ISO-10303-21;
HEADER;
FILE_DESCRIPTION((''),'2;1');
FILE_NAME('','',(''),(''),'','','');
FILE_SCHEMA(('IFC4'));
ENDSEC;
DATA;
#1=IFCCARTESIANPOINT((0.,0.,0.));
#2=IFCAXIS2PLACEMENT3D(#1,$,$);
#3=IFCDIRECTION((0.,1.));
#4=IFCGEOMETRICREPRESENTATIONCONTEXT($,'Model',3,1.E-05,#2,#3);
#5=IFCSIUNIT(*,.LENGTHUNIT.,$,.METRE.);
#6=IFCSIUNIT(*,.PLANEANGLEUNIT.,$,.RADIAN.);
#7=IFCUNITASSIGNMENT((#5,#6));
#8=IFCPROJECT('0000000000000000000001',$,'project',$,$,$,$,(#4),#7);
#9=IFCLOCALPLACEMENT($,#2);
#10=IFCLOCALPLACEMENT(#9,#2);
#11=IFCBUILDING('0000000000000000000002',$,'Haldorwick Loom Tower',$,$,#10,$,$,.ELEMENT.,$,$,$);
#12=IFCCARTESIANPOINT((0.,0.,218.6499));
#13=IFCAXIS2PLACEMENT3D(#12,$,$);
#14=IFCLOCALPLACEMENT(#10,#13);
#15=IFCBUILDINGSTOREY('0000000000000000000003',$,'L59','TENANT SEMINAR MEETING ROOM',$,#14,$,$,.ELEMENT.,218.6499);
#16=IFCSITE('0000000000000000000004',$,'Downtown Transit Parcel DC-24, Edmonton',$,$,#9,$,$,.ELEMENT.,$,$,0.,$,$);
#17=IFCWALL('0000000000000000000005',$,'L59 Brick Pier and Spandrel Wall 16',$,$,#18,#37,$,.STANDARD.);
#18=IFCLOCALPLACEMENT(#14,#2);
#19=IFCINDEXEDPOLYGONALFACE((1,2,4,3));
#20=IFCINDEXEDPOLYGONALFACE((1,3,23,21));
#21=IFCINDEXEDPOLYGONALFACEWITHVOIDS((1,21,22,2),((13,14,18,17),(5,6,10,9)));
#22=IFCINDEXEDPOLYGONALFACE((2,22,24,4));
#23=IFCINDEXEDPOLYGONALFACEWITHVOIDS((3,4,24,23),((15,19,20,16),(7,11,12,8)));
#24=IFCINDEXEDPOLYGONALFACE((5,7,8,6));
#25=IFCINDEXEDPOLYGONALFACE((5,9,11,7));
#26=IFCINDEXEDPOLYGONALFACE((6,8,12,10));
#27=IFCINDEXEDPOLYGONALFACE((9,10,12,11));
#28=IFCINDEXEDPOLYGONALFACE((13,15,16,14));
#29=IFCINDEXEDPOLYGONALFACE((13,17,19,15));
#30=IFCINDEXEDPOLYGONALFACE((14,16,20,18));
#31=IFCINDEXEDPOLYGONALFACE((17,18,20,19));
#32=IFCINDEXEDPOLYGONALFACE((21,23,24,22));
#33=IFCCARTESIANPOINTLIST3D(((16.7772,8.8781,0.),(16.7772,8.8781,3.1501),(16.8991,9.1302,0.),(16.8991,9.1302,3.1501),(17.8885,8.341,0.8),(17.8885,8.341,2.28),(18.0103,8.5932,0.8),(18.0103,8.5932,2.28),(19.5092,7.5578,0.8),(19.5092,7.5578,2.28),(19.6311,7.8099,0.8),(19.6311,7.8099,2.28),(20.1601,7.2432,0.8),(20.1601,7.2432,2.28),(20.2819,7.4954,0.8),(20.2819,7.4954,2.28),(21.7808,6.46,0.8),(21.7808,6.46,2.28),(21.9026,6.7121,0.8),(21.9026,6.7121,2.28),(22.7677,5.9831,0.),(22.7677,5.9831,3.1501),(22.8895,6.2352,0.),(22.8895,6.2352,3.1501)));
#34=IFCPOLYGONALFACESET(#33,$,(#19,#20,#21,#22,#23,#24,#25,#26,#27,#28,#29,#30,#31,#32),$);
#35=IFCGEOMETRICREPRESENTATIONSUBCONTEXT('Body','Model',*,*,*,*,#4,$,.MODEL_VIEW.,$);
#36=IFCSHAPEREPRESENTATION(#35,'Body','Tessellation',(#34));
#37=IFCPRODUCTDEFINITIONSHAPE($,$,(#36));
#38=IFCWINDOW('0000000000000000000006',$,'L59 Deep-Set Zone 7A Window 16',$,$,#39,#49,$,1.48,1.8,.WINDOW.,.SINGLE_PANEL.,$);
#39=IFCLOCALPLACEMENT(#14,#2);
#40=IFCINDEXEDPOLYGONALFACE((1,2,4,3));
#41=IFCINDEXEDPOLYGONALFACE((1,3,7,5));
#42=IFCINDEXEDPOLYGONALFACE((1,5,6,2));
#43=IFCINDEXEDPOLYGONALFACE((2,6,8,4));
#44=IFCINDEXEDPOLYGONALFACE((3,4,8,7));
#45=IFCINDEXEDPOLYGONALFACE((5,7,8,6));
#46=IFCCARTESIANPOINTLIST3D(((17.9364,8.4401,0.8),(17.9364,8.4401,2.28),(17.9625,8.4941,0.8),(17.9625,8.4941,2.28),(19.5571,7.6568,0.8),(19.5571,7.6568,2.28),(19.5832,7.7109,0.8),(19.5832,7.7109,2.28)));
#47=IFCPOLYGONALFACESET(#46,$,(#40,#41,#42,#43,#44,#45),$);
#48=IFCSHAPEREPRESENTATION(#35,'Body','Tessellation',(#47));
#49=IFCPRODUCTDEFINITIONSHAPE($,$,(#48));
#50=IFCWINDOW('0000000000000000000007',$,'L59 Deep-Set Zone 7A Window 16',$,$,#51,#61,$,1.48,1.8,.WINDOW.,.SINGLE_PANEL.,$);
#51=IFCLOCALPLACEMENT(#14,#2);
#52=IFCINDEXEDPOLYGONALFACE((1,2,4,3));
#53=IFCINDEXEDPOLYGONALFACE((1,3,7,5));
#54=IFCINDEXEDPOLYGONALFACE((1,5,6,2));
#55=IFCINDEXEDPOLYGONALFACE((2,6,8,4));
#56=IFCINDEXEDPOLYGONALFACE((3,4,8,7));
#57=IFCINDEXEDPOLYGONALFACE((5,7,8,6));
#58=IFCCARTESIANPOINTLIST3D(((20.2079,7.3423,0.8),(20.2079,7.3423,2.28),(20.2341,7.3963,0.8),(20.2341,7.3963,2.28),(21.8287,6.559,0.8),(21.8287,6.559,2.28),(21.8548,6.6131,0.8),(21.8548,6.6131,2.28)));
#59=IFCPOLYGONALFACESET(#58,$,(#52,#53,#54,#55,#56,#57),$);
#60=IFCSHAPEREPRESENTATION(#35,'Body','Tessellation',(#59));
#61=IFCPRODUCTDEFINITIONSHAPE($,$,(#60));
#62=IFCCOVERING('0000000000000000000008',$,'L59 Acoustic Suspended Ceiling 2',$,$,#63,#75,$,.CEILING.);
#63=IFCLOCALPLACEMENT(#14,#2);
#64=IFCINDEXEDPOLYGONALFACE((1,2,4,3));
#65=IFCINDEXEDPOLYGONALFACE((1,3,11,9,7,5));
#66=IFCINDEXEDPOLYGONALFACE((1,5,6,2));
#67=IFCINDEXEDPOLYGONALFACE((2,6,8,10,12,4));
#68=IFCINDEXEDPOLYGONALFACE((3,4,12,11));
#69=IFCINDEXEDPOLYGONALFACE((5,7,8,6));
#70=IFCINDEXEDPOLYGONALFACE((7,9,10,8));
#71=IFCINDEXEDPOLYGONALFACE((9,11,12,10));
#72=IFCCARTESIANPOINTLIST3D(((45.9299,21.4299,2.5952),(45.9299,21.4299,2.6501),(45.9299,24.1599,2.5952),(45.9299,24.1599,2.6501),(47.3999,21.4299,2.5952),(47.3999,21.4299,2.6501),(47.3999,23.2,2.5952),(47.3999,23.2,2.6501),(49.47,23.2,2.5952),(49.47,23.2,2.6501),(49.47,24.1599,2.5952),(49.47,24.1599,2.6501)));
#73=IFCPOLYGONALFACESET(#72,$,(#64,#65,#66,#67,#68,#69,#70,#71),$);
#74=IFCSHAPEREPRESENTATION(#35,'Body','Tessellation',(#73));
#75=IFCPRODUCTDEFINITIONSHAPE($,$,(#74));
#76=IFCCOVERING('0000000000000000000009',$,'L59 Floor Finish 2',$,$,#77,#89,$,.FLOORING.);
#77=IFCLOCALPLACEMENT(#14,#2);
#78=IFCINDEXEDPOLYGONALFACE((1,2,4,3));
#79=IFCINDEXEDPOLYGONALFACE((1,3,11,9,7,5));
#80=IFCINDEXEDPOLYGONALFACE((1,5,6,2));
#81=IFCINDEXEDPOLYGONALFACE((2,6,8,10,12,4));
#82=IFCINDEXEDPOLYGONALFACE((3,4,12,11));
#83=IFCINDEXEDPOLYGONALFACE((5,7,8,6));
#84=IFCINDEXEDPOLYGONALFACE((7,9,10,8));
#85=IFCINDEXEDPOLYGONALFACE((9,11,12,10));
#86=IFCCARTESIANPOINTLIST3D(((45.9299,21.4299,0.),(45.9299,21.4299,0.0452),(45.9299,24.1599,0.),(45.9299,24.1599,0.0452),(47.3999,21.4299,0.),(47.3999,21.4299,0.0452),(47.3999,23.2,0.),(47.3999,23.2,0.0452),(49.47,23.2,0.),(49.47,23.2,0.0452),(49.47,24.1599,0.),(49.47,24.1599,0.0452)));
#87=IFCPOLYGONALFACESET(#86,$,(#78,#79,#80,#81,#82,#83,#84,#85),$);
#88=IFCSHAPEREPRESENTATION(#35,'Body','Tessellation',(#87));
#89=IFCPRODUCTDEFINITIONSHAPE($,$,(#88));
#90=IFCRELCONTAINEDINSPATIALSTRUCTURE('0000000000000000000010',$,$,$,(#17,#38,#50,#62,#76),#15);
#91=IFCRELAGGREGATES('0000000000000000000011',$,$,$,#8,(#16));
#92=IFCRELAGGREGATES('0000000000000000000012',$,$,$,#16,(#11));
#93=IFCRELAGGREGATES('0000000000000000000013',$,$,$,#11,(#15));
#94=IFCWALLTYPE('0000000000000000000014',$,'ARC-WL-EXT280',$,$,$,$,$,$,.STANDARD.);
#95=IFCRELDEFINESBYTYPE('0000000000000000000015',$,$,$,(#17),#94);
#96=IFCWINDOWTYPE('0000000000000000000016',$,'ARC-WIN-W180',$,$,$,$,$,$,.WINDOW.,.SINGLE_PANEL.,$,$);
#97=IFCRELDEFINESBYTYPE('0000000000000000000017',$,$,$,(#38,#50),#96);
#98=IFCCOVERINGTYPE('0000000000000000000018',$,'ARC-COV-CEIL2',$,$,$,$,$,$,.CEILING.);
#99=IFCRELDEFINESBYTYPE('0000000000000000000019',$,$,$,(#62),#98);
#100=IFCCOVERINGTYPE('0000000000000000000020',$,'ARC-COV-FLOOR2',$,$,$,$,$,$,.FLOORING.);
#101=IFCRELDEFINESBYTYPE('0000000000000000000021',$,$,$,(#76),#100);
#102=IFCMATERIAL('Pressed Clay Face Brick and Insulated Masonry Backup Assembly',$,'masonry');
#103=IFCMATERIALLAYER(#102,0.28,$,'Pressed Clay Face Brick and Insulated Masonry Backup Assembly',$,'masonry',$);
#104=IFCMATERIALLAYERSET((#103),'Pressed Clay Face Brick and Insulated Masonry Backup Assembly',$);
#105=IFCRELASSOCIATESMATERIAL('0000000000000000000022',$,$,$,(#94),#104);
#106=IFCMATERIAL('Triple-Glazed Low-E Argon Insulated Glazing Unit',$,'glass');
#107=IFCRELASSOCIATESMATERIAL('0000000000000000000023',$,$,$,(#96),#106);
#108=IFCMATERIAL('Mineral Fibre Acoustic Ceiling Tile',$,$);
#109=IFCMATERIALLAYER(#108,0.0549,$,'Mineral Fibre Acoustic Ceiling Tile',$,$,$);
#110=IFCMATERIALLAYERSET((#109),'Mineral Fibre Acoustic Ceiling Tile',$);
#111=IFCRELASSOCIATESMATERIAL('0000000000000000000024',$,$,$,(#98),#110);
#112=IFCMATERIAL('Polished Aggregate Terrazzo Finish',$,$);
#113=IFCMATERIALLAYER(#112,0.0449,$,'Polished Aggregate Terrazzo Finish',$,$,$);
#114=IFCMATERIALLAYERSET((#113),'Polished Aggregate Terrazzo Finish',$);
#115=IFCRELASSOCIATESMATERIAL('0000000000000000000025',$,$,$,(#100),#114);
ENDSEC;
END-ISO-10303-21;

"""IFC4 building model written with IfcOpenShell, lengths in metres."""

from ifc_helpers import new_model, si_unit, direction, frame, frame_2d, origin, place, context, subcontext, project, spatial, polyline, rectangle, outline, extrude, material, layer, layer_set, type_object, element, fill, save


model = new_model("IFC4")

# Units and contexts
model_context = context("Model", 3, precision=1e-05, world=origin(), true_north=direction((0.0, 1.0)))
body_context = subcontext(model_context, "Body", "Model", "MODEL_VIEW")
ifc_project = project(units=[si_unit("LENGTHUNIT", "METRE"), si_unit("PLANEANGLEUNIT", "RADIAN")], contexts=[model_context])

# Site, building, storey
site_placement = place(None, origin())
site = spatial("IfcSite", under=ifc_project, at=site_placement, Name="Downtown Transit Parcel DC-24, Edmonton", CompositionType="ELEMENT", RefElevation=0.0)
building_placement = place(site_placement, origin())
building = spatial("IfcBuilding", under=site, at=building_placement, Name="Haldorwick Loom Tower", CompositionType="ELEMENT")
storey_placement = place(building_placement, frame((0.0, 0.0, 218.6499)))
storey = spatial("IfcBuildingStorey", under=building, at=storey_placement, Name="L59", Description="TENANT SEMINAR MEETING ROOM", CompositionType="ELEMENT", Elevation=218.6499)

# Shared definitions
ifc_material_1 = material(Name="Pressed Clay Face Brick and Insulated Masonry Backup Assembly", Category="masonry")
ifc_layer_1 = layer(ifc_material_1, 0.28, Name="Pressed Clay Face Brick and Insulated Masonry Backup Assembly", Category="masonry")
ifc_layer_set_1 = layer_set([ifc_layer_1], Name="Pressed Clay Face Brick and Insulated Masonry Backup Assembly")
wall_type = type_object("IfcWallType", Name="ARC-WL-EXT280", PredefinedType="STANDARD", material=ifc_layer_set_1)

# Wall, openings, windows
wall_1_placement = place(storey_placement, frame((16.8381, 9.0042, 0.0), z_axis=(0.0, 0.0, 1.0), x_axis=(0.900371, -0.435123, 0.0)))
wall_1 = element("IfcWall", 1, at=wall_1_placement, inside=storey, type_object=wall_type, Name="L59 Brick Pier and Spandrel Wall 16", PredefinedType="STANDARD", context=body_context, shape_type="SweptSolid", body=[
    extrude(rectangle(XDim=6.6533, YDim=0.28, at=frame_2d((3.3267, 0.0))), origin(), (0.0, 0.0, 1.0), 3.1501),
])
opening_1_placement = place(wall_1_placement, frame((1.2344, 0.0, 0.8)))
opening_1 = element("IfcOpeningElement", 2, at=opening_1_placement, cuts=wall_1, PredefinedType="OPENING", context=body_context, shape_type="SweptSolid", body=[
    extrude(rectangle(XDim=1.8, YDim=1.48, at=frame_2d((0.8999, 0.74))), frame((0.0, 0.1499, 0.0), z_axis=(0.0, -1.0, 0.0), x_axis=(1.0, 0.0, 0.0)), (0.0, 0.0, 1.0), 0.3),
])
opening_2_placement = place(wall_1_placement, frame((3.7573, 0.0, 0.8)))
opening_2 = element("IfcOpeningElement", 3, at=opening_2_placement, cuts=wall_1, PredefinedType="OPENING", context=body_context, shape_type="SweptSolid", body=[
    extrude(rectangle(XDim=1.8, YDim=1.48, at=frame_2d((0.8999, 0.74))), frame((0.0, 0.1499, 0.0), z_axis=(0.0, -1.0, 0.0), x_axis=(1.0, 0.0, 0.0)), (0.0, 0.0, 1.0), 0.3),
])
ifc_material_2 = material(Name="Triple-Glazed Low-E Argon Insulated Glazing Unit", Category="glass")
window_type = type_object("IfcWindowType", Name="ARC-WIN-W180", PartitioningType="SINGLE_PANEL", PredefinedType="WINDOW", material=ifc_material_2)
window_1_placement = place(opening_1_placement, origin())
window_1 = element("IfcWindow", 4, at=window_1_placement, inside=storey, type_object=window_type, Name="L59 Deep-Set Zone 7A Window 16", OverallHeight=1.48, OverallWidth=1.8, PartitioningType="SINGLE_PANEL", PredefinedType="WINDOW", context=body_context, shape_type="SweptSolid", body=[
    extrude(rectangle(XDim=1.8, YDim=1.48, at=frame_2d((0.8999, 0.74))), frame((0.0, 0.03, 0.0), z_axis=(0.0, -1.0, 0.0), x_axis=(1.0, 0.0, 0.0)), (0.0, 0.0, 1.0), 0.0601),
])
fill(opening_1, window_1)
window_2_placement = place(opening_2_placement, origin())
window_2 = element("IfcWindow", 5, at=window_2_placement, inside=storey, type_object=window_type, Name="L59 Deep-Set Zone 7A Window 16", OverallHeight=1.48, OverallWidth=1.8, PartitioningType="SINGLE_PANEL", PredefinedType="WINDOW", context=body_context, shape_type="SweptSolid", body=[
    extrude(rectangle(XDim=1.8, YDim=1.48, at=frame_2d((0.8999, 0.74))), frame((0.0, 0.03, 0.0), z_axis=(0.0, -1.0, 0.0), x_axis=(1.0, 0.0, 0.0)), (0.0, 0.0, 1.0), 0.0601),
])
fill(opening_2, window_2)

# Coverings
ifc_material_3 = material(Name="Mineral Fibre Acoustic Ceiling Tile")
ifc_layer_2 = layer(ifc_material_3, 0.0549, Name="Mineral Fibre Acoustic Ceiling Tile")
ifc_layer_set_2 = layer_set([ifc_layer_2], Name="Mineral Fibre Acoustic Ceiling Tile")
covering_type_1 = type_object("IfcCoveringType", Name="ARC-COV-CEIL2", PredefinedType="CEILING", material=ifc_layer_set_2)
covering_1_placement = place(storey_placement, frame((0.0, 0.0, 2.5952)))
element("IfcCovering", 6, at=covering_1_placement, inside=storey, type_object=covering_type_1, Name="L59 Acoustic Suspended Ceiling 2", PredefinedType="CEILING", context=body_context, shape_type="SweptSolid", body=[
    extrude(outline(polyline([(45.9299, 24.1599), (45.9299, 21.4299), (47.3999, 21.4299), (47.3999, 23.2), (49.47, 23.2), (49.47, 24.1599), (45.9299, 24.1599)])), origin(), (0.0, 0.0, 1.0), 0.0549),
])
ifc_material_4 = material(Name="Polished Aggregate Terrazzo Finish")
ifc_layer_3 = layer(ifc_material_4, 0.0449, Name="Polished Aggregate Terrazzo Finish")
ifc_layer_set_3 = layer_set([ifc_layer_3], Name="Polished Aggregate Terrazzo Finish")
covering_type_2 = type_object("IfcCoveringType", Name="ARC-COV-FLOOR2", PredefinedType="FLOORING", material=ifc_layer_set_3)
covering_2_placement = place(storey_placement, origin())
element("IfcCovering", 7, at=covering_2_placement, inside=storey, type_object=covering_type_2, Name="L59 Floor Finish 2", PredefinedType="FLOORING", context=body_context, shape_type="SweptSolid", body=[
    extrude(outline(polyline([(45.9299, 24.1599), (45.9299, 21.4299), (47.3999, 21.4299), (47.3999, 23.2), (49.47, 23.2), (49.47, 24.1599), (45.9299, 24.1599)])), origin(), (0.0, 0.0, 1.0), 0.0452),
])

save(model, "model.ifc")
